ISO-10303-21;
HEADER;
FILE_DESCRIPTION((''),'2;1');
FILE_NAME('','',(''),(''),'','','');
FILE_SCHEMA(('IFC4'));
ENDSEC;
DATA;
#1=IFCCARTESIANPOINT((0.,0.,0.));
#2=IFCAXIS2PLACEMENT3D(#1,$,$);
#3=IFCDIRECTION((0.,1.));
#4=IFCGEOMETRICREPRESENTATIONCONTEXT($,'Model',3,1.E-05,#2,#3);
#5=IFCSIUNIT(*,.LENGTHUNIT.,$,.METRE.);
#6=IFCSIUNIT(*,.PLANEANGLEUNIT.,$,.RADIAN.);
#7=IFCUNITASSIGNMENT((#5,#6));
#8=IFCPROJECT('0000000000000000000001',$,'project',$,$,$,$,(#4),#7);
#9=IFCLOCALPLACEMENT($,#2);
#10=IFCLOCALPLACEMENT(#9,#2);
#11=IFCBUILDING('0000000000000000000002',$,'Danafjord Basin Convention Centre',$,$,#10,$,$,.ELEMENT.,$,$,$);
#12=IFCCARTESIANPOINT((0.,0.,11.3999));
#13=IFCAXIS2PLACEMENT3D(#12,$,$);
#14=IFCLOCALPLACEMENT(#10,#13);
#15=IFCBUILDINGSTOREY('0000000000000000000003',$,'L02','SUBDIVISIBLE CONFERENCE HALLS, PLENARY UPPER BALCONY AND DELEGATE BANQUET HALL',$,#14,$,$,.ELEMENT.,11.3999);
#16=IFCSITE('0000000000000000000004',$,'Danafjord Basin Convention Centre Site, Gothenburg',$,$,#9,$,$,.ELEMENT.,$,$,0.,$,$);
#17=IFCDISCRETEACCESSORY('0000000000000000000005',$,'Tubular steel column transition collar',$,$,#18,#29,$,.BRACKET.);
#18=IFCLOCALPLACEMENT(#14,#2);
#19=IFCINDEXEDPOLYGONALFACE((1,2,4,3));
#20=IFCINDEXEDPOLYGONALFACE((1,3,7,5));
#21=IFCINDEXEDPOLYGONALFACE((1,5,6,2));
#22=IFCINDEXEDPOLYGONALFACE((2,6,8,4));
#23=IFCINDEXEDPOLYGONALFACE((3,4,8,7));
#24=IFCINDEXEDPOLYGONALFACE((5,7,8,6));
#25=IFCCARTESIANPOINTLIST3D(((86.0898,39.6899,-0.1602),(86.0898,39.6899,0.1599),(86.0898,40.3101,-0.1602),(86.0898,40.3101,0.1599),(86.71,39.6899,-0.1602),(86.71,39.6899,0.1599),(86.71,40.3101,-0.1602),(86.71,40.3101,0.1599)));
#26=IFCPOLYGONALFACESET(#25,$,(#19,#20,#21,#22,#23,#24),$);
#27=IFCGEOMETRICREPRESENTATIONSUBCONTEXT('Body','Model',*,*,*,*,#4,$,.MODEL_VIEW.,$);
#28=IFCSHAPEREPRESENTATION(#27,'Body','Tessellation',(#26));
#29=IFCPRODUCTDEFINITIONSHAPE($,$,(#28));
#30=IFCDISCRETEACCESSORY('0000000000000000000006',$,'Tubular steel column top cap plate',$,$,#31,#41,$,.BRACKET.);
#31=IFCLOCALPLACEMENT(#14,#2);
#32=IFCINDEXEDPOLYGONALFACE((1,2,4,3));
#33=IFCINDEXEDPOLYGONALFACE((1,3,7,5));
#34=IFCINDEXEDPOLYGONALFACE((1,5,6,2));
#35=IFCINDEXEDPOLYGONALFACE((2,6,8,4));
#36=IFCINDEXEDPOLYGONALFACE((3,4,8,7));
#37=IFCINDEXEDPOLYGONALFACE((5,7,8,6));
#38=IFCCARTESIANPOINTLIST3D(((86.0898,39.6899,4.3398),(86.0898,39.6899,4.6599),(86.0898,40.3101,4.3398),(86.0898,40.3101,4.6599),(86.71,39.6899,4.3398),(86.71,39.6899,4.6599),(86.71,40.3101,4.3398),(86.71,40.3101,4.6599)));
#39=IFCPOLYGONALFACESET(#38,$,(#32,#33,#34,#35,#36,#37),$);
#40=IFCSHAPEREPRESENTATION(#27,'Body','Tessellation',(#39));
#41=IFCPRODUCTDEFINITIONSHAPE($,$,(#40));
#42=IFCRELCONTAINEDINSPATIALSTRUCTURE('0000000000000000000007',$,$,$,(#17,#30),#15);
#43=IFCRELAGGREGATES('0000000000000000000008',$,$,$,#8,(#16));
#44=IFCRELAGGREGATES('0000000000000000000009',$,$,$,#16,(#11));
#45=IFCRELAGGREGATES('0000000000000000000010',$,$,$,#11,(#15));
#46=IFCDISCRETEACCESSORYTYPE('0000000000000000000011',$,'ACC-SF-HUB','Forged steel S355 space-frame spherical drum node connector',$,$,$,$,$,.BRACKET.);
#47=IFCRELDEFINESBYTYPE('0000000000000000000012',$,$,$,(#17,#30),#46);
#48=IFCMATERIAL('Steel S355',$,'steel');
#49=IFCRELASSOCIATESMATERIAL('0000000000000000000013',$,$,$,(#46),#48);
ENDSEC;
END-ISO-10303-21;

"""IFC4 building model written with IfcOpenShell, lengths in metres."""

from ifc_helpers import new_model, si_unit, direction, frame, origin, origin_2d, place, context, subcontext, project, spatial, rectangle, extrude, material, type_object, element, save


model = new_model("IFC4")

# Units and contexts
model_context = context("Model", 3, precision=1e-05, world=origin(), true_north=direction((0.0, 1.0)))
body_context = subcontext(model_context, "Body", "Model", "MODEL_VIEW")
ifc_project = project(units=[si_unit("LENGTHUNIT", "METRE"), si_unit("PLANEANGLEUNIT", "RADIAN")], contexts=[model_context])

# Site, building, storey
site_placement = place(None, origin())
site = spatial("IfcSite", under=ifc_project, at=site_placement, Name="Danafjord Basin Convention Centre Site, Gothenburg", CompositionType="ELEMENT", RefElevation=0.0)
building_placement = place(site_placement, origin())
building = spatial("IfcBuilding", under=site, at=building_placement, Name="Danafjord Basin Convention Centre", CompositionType="ELEMENT")
storey_placement = place(building_placement, frame((0.0, 0.0, 11.3999)))
storey = spatial("IfcBuildingStorey", under=building, at=storey_placement, Name="L02", Description="SUBDIVISIBLE CONFERENCE HALLS, PLENARY UPPER BALCONY AND DELEGATE BANQUET HALL", CompositionType="ELEMENT", Elevation=11.3999)

# Shared definitions
ifc_material_1 = material(Name="Steel S355", Category="steel")

# Discrete accessories
discrete_accessory_type = type_object("IfcDiscreteAccessoryType", Name="ACC-SF-HUB", Description="Forged steel S355 space-frame spherical drum node connector", PredefinedType="BRACKET", material=ifc_material_1)
for number, where, z_axis, x_axis, name in (
    (1, (86.3999, 40.0, -0.1602), (0.0, 0.0, 1.0), (1.0, 0.0, 0.0), "Tubular steel column transition collar"),
    (2, (86.3999, 40.0, 4.3398), (0.0, 0.0, 1.0), (1.0, 0.0, 0.0), "Tubular steel column top cap plate"),
):
    element("IfcDiscreteAccessory", number, at=place(storey_placement, frame(where, z_axis=z_axis, x_axis=x_axis)), inside=storey, type_object=discrete_accessory_type, Name=name, PredefinedType="BRACKET", context=body_context, shape_type="SweptSolid", body=[
        extrude(rectangle(XDim=0.6201, YDim=0.6201, at=origin_2d()), origin(), (0.0, 0.0, 1.0), 0.3201),
    ])

save(model, "model.ifc")
